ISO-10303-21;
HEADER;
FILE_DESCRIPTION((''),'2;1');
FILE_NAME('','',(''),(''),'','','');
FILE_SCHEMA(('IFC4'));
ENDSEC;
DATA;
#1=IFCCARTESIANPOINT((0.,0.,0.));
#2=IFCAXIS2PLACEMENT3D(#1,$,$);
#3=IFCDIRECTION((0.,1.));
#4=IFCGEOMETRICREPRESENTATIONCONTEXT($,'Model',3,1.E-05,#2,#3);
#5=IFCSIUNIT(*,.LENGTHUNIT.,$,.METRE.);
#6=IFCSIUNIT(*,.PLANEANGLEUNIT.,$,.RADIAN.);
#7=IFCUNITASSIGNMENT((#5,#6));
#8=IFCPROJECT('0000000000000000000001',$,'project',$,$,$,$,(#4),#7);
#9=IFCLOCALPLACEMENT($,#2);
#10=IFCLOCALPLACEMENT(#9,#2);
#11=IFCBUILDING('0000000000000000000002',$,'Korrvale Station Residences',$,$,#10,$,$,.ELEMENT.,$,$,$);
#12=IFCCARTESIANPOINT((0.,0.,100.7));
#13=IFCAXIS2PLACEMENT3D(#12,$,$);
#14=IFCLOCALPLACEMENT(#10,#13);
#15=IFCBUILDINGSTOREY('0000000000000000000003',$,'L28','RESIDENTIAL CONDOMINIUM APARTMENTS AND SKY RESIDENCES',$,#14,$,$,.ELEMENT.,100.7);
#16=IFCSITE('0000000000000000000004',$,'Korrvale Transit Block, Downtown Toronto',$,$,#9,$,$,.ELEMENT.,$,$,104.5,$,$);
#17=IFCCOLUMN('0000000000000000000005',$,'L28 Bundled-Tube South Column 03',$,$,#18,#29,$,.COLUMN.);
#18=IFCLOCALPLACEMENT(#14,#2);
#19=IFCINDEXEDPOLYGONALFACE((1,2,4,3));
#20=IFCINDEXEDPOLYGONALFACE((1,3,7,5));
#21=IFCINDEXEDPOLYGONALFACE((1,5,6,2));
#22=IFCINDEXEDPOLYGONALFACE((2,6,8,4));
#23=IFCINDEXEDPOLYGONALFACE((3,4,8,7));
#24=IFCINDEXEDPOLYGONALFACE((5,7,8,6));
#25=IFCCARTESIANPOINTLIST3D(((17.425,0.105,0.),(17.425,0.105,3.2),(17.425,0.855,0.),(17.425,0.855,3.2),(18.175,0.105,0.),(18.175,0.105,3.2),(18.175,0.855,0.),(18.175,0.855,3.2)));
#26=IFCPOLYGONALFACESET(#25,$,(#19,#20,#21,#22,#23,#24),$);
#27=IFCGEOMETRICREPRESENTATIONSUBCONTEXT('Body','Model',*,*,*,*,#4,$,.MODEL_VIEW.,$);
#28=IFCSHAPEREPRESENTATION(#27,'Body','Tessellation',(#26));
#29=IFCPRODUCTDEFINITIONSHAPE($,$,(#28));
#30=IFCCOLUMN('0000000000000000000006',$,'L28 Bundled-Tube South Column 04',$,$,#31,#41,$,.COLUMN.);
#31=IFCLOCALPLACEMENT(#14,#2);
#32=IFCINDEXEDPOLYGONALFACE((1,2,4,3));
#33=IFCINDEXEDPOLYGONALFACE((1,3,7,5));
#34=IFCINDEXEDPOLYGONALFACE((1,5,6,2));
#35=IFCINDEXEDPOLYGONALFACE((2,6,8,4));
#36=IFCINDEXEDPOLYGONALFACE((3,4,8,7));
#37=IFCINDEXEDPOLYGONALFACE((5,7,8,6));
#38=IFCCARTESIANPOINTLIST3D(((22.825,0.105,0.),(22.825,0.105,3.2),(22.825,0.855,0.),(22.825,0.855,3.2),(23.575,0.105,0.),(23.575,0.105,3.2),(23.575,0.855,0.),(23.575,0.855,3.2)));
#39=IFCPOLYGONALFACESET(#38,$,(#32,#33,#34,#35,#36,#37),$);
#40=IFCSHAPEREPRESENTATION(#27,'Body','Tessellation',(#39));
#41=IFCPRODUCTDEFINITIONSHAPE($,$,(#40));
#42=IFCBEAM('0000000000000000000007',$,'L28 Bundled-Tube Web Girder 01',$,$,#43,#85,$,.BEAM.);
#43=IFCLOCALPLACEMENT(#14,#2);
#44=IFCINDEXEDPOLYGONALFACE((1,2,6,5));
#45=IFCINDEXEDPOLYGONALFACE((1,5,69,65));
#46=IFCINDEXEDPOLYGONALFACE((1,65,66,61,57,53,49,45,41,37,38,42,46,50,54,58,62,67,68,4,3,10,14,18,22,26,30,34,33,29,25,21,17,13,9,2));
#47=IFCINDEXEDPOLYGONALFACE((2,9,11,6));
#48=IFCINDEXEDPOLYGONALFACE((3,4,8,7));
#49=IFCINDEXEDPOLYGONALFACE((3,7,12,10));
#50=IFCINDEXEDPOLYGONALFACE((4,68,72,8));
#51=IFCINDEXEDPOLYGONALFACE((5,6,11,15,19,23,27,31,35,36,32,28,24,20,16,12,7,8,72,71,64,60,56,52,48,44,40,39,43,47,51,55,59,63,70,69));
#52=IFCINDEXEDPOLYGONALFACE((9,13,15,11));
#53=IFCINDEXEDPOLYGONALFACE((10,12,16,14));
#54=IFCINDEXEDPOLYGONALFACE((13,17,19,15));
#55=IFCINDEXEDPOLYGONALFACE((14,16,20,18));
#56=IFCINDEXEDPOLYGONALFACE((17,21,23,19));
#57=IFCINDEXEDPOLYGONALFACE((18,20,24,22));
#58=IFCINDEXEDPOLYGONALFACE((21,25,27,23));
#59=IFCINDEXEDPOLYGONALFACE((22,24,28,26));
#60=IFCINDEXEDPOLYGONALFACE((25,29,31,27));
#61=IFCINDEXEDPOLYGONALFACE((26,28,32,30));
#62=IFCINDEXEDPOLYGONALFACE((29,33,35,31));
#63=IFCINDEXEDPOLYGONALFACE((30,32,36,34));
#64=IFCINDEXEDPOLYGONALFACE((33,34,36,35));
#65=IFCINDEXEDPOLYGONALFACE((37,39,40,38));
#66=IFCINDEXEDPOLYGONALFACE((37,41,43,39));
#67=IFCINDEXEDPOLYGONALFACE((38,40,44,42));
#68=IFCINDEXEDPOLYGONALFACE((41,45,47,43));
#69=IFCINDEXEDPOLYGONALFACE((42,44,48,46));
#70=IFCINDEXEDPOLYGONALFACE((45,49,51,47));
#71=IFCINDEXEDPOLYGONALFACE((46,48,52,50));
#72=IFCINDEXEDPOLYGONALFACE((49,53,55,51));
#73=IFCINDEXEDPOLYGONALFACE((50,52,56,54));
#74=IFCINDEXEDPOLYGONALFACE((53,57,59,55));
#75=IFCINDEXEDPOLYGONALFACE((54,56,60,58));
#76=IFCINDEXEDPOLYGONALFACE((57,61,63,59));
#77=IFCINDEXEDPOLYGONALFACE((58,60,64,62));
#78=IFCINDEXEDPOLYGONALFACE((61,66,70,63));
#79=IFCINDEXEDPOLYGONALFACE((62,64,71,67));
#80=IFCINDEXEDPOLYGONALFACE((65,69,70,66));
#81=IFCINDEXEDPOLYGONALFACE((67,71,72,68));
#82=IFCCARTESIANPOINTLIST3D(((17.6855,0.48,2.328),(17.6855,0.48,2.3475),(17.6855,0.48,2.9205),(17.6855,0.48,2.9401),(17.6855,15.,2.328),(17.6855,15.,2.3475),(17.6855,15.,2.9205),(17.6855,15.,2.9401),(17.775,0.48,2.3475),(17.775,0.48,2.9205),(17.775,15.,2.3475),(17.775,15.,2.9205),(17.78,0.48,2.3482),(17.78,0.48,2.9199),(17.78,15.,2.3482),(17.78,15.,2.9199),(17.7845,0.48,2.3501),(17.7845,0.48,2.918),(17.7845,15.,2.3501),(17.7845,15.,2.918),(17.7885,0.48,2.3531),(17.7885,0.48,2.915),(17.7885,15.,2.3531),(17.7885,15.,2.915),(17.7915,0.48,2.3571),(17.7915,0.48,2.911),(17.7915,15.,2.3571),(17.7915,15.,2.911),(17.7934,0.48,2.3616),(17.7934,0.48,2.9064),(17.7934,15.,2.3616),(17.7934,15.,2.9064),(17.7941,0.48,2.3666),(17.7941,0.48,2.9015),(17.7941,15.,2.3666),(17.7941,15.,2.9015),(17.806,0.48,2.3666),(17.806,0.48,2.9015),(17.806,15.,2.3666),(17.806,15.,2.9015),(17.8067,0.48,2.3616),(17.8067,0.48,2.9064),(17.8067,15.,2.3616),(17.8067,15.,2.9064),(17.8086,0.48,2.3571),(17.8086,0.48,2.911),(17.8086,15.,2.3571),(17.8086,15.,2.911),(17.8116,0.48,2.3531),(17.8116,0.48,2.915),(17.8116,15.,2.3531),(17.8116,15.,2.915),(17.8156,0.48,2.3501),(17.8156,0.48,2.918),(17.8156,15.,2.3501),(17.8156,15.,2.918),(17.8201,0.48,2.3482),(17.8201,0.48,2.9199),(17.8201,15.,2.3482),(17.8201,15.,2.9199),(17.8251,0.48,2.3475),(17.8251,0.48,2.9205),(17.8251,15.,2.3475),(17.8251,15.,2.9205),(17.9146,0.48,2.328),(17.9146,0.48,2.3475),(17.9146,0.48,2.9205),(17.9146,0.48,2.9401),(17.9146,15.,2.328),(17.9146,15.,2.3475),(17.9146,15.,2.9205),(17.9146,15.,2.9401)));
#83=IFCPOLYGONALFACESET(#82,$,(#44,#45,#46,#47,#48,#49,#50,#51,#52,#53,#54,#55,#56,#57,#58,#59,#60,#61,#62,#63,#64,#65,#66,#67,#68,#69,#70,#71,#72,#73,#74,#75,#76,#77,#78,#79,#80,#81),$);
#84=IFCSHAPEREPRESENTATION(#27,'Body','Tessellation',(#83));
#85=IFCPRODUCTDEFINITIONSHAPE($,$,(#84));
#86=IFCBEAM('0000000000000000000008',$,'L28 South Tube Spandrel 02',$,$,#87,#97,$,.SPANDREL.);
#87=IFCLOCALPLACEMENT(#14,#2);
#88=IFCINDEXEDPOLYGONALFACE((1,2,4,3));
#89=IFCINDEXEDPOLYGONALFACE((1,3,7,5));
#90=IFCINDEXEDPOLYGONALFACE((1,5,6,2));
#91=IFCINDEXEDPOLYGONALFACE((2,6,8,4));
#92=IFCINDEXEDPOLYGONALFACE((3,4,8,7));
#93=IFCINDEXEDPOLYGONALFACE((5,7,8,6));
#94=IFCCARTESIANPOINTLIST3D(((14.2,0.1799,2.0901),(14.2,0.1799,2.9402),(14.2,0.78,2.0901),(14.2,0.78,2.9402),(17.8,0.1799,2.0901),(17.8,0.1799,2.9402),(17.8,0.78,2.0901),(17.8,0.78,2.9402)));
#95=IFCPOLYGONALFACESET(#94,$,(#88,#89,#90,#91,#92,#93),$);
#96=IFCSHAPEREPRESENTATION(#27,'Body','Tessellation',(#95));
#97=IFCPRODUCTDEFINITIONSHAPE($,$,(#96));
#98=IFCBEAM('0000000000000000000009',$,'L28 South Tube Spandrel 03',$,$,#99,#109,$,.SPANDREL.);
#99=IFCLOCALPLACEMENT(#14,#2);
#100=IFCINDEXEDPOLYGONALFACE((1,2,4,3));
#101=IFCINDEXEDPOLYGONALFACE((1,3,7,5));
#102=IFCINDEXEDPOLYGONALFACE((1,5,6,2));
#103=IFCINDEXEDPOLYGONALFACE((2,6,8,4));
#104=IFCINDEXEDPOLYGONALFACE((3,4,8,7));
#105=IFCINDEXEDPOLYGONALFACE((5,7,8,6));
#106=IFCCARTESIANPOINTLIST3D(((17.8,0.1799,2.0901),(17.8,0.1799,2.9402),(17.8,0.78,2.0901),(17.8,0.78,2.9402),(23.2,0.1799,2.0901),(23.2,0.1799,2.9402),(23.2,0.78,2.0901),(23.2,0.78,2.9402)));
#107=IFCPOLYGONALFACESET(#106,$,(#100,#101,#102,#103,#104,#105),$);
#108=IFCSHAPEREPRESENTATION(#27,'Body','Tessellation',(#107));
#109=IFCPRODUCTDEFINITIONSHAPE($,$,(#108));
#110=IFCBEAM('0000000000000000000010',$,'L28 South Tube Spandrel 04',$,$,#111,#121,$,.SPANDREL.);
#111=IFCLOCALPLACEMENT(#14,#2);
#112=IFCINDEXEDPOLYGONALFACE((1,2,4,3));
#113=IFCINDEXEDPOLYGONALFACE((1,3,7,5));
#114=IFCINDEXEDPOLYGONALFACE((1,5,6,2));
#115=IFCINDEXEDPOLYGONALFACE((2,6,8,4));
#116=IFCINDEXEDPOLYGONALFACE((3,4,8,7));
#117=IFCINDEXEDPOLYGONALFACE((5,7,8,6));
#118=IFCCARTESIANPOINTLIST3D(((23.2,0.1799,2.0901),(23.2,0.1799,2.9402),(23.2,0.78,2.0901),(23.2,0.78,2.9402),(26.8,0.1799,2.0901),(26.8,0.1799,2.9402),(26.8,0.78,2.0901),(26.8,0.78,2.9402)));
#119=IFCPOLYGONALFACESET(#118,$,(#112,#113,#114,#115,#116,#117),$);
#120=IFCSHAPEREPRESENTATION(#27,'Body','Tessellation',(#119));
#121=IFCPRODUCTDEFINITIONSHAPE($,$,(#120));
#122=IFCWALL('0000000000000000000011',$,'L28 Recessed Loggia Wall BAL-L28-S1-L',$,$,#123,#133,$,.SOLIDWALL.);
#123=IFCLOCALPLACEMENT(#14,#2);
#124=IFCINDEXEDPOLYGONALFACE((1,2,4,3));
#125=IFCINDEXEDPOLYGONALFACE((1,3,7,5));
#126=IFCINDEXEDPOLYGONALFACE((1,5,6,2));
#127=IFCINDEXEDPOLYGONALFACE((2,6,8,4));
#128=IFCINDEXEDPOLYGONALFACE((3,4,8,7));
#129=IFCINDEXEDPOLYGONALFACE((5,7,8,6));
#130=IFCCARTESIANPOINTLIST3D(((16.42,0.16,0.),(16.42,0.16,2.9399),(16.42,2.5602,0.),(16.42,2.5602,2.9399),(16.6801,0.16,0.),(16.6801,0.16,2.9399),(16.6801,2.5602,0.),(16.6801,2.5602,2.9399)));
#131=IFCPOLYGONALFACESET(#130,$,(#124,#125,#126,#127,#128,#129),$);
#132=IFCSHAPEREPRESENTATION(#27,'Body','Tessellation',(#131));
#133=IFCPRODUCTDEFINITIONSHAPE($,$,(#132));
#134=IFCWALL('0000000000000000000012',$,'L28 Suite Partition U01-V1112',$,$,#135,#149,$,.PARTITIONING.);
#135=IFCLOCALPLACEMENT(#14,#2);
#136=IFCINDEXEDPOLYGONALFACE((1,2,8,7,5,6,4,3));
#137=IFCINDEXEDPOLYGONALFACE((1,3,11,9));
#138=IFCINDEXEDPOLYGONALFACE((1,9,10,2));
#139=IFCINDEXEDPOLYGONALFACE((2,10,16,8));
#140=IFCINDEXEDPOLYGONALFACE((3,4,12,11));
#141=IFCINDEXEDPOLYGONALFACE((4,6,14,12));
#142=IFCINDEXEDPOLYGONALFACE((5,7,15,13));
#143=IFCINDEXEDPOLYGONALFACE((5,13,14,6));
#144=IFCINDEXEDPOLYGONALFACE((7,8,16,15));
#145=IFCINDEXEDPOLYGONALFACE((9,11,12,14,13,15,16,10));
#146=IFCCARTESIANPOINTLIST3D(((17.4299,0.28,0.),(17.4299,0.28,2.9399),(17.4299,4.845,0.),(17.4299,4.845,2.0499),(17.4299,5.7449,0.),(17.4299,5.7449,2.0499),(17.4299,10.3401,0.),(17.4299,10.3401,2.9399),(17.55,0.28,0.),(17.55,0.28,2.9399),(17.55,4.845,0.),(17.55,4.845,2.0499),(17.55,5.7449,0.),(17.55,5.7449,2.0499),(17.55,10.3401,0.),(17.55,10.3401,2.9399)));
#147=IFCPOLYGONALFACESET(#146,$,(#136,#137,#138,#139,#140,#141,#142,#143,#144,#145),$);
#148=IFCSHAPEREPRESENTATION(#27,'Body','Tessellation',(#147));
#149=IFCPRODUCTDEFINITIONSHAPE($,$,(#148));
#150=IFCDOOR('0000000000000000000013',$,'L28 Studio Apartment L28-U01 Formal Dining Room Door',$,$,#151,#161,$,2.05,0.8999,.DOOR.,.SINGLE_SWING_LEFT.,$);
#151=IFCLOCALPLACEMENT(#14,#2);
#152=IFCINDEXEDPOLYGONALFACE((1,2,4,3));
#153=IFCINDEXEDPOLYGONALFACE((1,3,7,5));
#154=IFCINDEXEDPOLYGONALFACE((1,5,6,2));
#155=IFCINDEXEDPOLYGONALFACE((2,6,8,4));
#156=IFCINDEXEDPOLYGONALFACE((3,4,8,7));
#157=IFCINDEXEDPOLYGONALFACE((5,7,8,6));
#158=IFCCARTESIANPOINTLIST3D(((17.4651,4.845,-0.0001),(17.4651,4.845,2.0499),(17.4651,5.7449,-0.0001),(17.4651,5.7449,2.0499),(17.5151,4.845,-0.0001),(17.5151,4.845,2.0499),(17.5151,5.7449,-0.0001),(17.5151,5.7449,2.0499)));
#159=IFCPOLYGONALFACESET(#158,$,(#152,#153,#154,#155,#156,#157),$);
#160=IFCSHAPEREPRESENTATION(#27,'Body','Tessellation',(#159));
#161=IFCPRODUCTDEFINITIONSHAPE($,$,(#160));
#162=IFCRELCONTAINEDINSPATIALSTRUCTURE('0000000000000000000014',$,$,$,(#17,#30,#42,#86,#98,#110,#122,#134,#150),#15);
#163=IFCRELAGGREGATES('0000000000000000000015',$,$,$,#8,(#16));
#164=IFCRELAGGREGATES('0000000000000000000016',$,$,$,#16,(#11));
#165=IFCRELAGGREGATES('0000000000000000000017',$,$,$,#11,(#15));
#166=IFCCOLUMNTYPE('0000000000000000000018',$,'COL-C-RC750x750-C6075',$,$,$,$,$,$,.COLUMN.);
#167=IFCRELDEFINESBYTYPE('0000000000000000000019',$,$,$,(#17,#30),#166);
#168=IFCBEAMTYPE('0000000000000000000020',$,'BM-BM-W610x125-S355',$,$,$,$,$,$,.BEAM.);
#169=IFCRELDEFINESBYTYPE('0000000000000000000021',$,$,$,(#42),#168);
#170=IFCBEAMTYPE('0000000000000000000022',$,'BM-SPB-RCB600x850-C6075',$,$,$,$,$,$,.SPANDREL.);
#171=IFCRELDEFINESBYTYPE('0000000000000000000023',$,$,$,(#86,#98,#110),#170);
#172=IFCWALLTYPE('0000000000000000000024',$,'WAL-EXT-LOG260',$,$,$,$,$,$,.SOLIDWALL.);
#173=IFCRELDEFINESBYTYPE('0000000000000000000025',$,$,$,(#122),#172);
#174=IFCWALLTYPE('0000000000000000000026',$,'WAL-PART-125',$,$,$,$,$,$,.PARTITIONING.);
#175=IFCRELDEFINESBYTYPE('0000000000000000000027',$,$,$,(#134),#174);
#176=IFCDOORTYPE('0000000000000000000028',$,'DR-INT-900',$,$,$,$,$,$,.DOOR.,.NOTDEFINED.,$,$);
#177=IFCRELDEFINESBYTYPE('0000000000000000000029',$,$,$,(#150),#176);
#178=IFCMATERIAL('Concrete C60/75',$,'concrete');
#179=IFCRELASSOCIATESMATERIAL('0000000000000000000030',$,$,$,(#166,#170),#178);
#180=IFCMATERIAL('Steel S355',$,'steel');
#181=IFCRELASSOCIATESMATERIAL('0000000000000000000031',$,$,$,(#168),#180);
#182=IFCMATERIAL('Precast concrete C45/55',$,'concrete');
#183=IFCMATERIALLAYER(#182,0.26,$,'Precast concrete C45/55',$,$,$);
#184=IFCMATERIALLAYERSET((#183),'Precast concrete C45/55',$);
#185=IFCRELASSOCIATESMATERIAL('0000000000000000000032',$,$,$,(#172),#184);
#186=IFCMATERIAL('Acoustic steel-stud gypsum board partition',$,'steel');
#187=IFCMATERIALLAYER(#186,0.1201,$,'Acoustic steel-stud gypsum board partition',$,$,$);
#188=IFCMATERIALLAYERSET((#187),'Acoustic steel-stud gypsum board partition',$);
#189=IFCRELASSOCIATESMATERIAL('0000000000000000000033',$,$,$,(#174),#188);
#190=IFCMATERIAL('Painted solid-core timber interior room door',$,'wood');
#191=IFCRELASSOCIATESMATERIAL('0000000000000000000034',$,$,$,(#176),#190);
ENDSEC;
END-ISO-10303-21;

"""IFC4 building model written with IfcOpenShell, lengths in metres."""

from ifc_helpers import new_model, si_unit, direction, frame, frame_2d, origin, origin_2d, place, context, subcontext, project, spatial, rectangle, i_section, extrude, material, layer, layer_set, material_profile, profile_set, type_object, element, fill, save


model = new_model("IFC4")

# Units and contexts
model_context = context("Model", 3, precision=1e-05, world=origin(), true_north=direction((0.0, 1.0)))
body_context = subcontext(model_context, "Body", "Model", "MODEL_VIEW")
ifc_project = project(units=[si_unit("LENGTHUNIT", "METRE"), si_unit("PLANEANGLEUNIT", "RADIAN")], contexts=[model_context])

# Site, building, storey
site_placement = place(None, origin())
site = spatial("IfcSite", under=ifc_project, at=site_placement, Name="Korrvale Transit Block, Downtown Toronto", CompositionType="ELEMENT", RefElevation=104.5)
building_placement = place(site_placement, origin())
building = spatial("IfcBuilding", under=site, at=building_placement, Name="Korrvale Station Residences", CompositionType="ELEMENT")
storey_placement = place(building_placement, frame((0.0, 0.0, 100.7)))
storey = spatial("IfcBuildingStorey", under=building, at=storey_placement, Name="L28", Description="RESIDENTIAL CONDOMINIUM APARTMENTS AND SKY RESIDENCES", CompositionType="ELEMENT", Elevation=100.7)

# Columns
ifc_material_1 = material(Name="Concrete C60/75", Category="concrete")
ifc_material_profile_1 = material_profile(ifc_material_1, rectangle(XDim=0.75, YDim=0.75, at=origin_2d()), Name="RC750x750")
ifc_profile_set_1 = profile_set([ifc_material_profile_1], Name="Concrete C60/75")
column_type = type_object("IfcColumnType", Name="COL-C-RC750x750-C6075", PredefinedType="COLUMN", material=ifc_profile_set_1)
for number, where, z_axis, x_axis, name in (
    (1, (17.8, 0.48, 0.0), (0.0, 0.0, 1.0), (1.0, 0.0, 0.0), "L28 Bundled-Tube South Column 03"),
    (2, (23.2, 0.48, 0.0), (0.0, 0.0, 1.0), (1.0, 0.0, 0.0), "L28 Bundled-Tube South Column 04"),
):
    element("IfcColumn", number, at=place(storey_placement, frame(where, z_axis=z_axis, x_axis=x_axis)), inside=storey, type_object=column_type, Name=name, PredefinedType="COLUMN", context=body_context, shape_type="SweptSolid", body=[
        extrude(rectangle(XDim=0.75, YDim=0.75, at=origin_2d()), origin(), (0.0, 0.0, 1.0), 3.2),
    ])

# Beams
ifc_material_2 = material(Name="Steel S355", Category="steel")
ifc_material_profile_2 = material_profile(ifc_material_2, i_section(OverallWidth=0.229, OverallDepth=0.6121, WebThickness=0.012, FlangeThickness=0.0195, FilletRadius=0.019, at=origin_2d()), Name="W610x125")
ifc_profile_set_2 = profile_set([ifc_material_profile_2], Name="Steel S355")
beam_type_1 = type_object("IfcBeamType", Name="BM-BM-W610x125-S355", PredefinedType="BEAM", material=ifc_profile_set_2)
beam_1_placement = place(storey_placement, frame((17.8, 0.48, 2.634), z_axis=(0.0, 1.0, 0.0), x_axis=(-1.0, 0.0, 0.0)))
element("IfcBeam", 3, at=beam_1_placement, inside=storey, type_object=beam_type_1, Name="L28 Bundled-Tube Web Girder 01", PredefinedType="BEAM", context=body_context, shape_type="SweptSolid", body=[
    extrude(i_section(OverallWidth=0.229, OverallDepth=0.6121, WebThickness=0.012, FlangeThickness=0.0195, FilletRadius=0.019, at=origin_2d()), origin(), (0.0, 0.0, 1.0), 14.52),
])
ifc_material_profile_3 = material_profile(ifc_material_1, rectangle(XDim=0.6001, YDim=0.8501, at=origin_2d()), Name="RCB600x850")
ifc_profile_set_3 = profile_set([ifc_material_profile_3], Name="Concrete C60/75")
beam_type_2 = type_object("IfcBeamType", Name="BM-SPB-RCB600x850-C6075", PredefinedType="SPANDREL", material=ifc_profile_set_3)
beam_2_placement = place(storey_placement, frame((14.2, 0.48, 2.5151), z_axis=(1.0, 0.0, 0.0), x_axis=(0.0, 1.0, 0.0)))
element("IfcBeam", 4, at=beam_2_placement, inside=storey, type_object=beam_type_2, Name="L28 South Tube Spandrel 02", PredefinedType="SPANDREL", context=body_context, shape_type="SweptSolid", body=[
    extrude(rectangle(XDim=0.6001, YDim=0.8501, at=origin_2d()), origin(), (0.0, 0.0, 1.0), 3.6001),
])
beam_3_placement = place(storey_placement, frame((17.8, 0.48, 2.5151), z_axis=(1.0, 0.0, 0.0), x_axis=(0.0, 1.0, 0.0)))
element("IfcBeam", 5, at=beam_3_placement, inside=storey, type_object=beam_type_2, Name="L28 South Tube Spandrel 03", PredefinedType="SPANDREL", context=body_context, shape_type="SweptSolid", body=[
    extrude(rectangle(XDim=0.6001, YDim=0.8501, at=origin_2d()), origin(), (0.0, 0.0, 1.0), 5.3999),
])
beam_4_placement = place(storey_placement, frame((23.2, 0.48, 2.5151), z_axis=(1.0, 0.0, 0.0), x_axis=(0.0, 1.0, 0.0)))
element("IfcBeam", 6, at=beam_4_placement, inside=storey, type_object=beam_type_2, Name="L28 South Tube Spandrel 04", PredefinedType="SPANDREL", context=body_context, shape_type="SweptSolid", body=[
    extrude(rectangle(XDim=0.6001, YDim=0.8501, at=origin_2d()), origin(), (0.0, 0.0, 1.0), 3.6001),
])

# Wall
ifc_material_3 = material(Name="Precast concrete C45/55", Category="concrete")
ifc_layer_1 = layer(ifc_material_3, 0.26, Name="Precast concrete C45/55")
ifc_layer_set_1 = layer_set([ifc_layer_1], Name="Precast concrete C45/55")
wall_type_1 = type_object("IfcWallType", Name="WAL-EXT-LOG260", PredefinedType="SOLIDWALL", material=ifc_layer_set_1)
wall_1_placement = place(storey_placement, frame((16.55, 0.1599, 0.0), z_axis=(0.0, 0.0, 1.0), x_axis=(0.0, 1.0, 0.0)))
element("IfcWall", 7, at=wall_1_placement, inside=storey, type_object=wall_type_1, Name="L28 Recessed Loggia Wall BAL-L28-S1-L", PredefinedType="SOLIDWALL", context=body_context, shape_type="SweptSolid", body=[
    extrude(rectangle(XDim=2.4001, YDim=0.26, at=frame_2d((1.2002, 0.0))), origin(), (0.0, 0.0, 1.0), 2.9399),
])

# Wall, opening, door
ifc_material_4 = material(Name="Acoustic steel-stud gypsum board partition", Category="steel")
ifc_layer_2 = layer(ifc_material_4, 0.1201, Name="Acoustic steel-stud gypsum board partition")
ifc_layer_set_2 = layer_set([ifc_layer_2], Name="Acoustic steel-stud gypsum board partition")
wall_type_2 = type_object("IfcWallType", Name="WAL-PART-125", PredefinedType="PARTITIONING", material=ifc_layer_set_2)
wall_2_placement = place(storey_placement, frame((17.49, 0.28, 0.0), z_axis=(0.0, 0.0, 1.0), x_axis=(0.0, 1.0, 0.0)))
wall_2 = element("IfcWall", 8, at=wall_2_placement, inside=storey, type_object=wall_type_2, Name="L28 Suite Partition U01-V1112", PredefinedType="PARTITIONING", context=body_context, shape_type="SweptSolid", body=[
    extrude(rectangle(XDim=10.0601, YDim=0.1201, at=frame_2d((5.03, 0.0))), origin(), (0.0, 0.0, 1.0), 2.9399),
])
opening_1_placement = place(wall_2_placement, frame((4.5649, 0.0, 0.0)))
opening_1 = element("IfcOpeningElement", 9, at=opening_1_placement, cuts=wall_2, PredefinedType="OPENING", context=body_context, shape_type="SweptSolid", body=[
    extrude(rectangle(XDim=0.8999, YDim=2.05, at=frame_2d((0.45, 1.0249))), frame((0.0, 0.0701, 0.0), z_axis=(0.0, -1.0, 0.0), x_axis=(1.0, 0.0, 0.0)), (0.0, 0.0, 1.0), 0.1401),
])
ifc_material_5 = material(Name="Painted solid-core timber interior room door", Category="wood")
door_type = type_object("IfcDoorType", Name="DR-INT-900", OperationType="NOTDEFINED", PredefinedType="DOOR", material=ifc_material_5)
door_1_placement = place(opening_1_placement, origin())
door_1 = element("IfcDoor", 10, at=door_1_placement, inside=storey, type_object=door_type, Name="L28 Studio Apartment L28-U01 Formal Dining Room Door", OperationType="SINGLE_SWING_LEFT", OverallHeight=2.05, OverallWidth=0.8999, PredefinedType="DOOR", context=body_context, shape_type="SweptSolid", body=[
    extrude(rectangle(XDim=0.8999, YDim=2.05, at=frame_2d((0.45, 1.0249))), frame((0.0, 0.0249, 0.0), z_axis=(0.0, -1.0, 0.0), x_axis=(1.0, 0.0, 0.0)), (0.0, 0.0, 1.0), 0.05),
])
fill(opening_1, door_1)

save(model, "model.ifc")
